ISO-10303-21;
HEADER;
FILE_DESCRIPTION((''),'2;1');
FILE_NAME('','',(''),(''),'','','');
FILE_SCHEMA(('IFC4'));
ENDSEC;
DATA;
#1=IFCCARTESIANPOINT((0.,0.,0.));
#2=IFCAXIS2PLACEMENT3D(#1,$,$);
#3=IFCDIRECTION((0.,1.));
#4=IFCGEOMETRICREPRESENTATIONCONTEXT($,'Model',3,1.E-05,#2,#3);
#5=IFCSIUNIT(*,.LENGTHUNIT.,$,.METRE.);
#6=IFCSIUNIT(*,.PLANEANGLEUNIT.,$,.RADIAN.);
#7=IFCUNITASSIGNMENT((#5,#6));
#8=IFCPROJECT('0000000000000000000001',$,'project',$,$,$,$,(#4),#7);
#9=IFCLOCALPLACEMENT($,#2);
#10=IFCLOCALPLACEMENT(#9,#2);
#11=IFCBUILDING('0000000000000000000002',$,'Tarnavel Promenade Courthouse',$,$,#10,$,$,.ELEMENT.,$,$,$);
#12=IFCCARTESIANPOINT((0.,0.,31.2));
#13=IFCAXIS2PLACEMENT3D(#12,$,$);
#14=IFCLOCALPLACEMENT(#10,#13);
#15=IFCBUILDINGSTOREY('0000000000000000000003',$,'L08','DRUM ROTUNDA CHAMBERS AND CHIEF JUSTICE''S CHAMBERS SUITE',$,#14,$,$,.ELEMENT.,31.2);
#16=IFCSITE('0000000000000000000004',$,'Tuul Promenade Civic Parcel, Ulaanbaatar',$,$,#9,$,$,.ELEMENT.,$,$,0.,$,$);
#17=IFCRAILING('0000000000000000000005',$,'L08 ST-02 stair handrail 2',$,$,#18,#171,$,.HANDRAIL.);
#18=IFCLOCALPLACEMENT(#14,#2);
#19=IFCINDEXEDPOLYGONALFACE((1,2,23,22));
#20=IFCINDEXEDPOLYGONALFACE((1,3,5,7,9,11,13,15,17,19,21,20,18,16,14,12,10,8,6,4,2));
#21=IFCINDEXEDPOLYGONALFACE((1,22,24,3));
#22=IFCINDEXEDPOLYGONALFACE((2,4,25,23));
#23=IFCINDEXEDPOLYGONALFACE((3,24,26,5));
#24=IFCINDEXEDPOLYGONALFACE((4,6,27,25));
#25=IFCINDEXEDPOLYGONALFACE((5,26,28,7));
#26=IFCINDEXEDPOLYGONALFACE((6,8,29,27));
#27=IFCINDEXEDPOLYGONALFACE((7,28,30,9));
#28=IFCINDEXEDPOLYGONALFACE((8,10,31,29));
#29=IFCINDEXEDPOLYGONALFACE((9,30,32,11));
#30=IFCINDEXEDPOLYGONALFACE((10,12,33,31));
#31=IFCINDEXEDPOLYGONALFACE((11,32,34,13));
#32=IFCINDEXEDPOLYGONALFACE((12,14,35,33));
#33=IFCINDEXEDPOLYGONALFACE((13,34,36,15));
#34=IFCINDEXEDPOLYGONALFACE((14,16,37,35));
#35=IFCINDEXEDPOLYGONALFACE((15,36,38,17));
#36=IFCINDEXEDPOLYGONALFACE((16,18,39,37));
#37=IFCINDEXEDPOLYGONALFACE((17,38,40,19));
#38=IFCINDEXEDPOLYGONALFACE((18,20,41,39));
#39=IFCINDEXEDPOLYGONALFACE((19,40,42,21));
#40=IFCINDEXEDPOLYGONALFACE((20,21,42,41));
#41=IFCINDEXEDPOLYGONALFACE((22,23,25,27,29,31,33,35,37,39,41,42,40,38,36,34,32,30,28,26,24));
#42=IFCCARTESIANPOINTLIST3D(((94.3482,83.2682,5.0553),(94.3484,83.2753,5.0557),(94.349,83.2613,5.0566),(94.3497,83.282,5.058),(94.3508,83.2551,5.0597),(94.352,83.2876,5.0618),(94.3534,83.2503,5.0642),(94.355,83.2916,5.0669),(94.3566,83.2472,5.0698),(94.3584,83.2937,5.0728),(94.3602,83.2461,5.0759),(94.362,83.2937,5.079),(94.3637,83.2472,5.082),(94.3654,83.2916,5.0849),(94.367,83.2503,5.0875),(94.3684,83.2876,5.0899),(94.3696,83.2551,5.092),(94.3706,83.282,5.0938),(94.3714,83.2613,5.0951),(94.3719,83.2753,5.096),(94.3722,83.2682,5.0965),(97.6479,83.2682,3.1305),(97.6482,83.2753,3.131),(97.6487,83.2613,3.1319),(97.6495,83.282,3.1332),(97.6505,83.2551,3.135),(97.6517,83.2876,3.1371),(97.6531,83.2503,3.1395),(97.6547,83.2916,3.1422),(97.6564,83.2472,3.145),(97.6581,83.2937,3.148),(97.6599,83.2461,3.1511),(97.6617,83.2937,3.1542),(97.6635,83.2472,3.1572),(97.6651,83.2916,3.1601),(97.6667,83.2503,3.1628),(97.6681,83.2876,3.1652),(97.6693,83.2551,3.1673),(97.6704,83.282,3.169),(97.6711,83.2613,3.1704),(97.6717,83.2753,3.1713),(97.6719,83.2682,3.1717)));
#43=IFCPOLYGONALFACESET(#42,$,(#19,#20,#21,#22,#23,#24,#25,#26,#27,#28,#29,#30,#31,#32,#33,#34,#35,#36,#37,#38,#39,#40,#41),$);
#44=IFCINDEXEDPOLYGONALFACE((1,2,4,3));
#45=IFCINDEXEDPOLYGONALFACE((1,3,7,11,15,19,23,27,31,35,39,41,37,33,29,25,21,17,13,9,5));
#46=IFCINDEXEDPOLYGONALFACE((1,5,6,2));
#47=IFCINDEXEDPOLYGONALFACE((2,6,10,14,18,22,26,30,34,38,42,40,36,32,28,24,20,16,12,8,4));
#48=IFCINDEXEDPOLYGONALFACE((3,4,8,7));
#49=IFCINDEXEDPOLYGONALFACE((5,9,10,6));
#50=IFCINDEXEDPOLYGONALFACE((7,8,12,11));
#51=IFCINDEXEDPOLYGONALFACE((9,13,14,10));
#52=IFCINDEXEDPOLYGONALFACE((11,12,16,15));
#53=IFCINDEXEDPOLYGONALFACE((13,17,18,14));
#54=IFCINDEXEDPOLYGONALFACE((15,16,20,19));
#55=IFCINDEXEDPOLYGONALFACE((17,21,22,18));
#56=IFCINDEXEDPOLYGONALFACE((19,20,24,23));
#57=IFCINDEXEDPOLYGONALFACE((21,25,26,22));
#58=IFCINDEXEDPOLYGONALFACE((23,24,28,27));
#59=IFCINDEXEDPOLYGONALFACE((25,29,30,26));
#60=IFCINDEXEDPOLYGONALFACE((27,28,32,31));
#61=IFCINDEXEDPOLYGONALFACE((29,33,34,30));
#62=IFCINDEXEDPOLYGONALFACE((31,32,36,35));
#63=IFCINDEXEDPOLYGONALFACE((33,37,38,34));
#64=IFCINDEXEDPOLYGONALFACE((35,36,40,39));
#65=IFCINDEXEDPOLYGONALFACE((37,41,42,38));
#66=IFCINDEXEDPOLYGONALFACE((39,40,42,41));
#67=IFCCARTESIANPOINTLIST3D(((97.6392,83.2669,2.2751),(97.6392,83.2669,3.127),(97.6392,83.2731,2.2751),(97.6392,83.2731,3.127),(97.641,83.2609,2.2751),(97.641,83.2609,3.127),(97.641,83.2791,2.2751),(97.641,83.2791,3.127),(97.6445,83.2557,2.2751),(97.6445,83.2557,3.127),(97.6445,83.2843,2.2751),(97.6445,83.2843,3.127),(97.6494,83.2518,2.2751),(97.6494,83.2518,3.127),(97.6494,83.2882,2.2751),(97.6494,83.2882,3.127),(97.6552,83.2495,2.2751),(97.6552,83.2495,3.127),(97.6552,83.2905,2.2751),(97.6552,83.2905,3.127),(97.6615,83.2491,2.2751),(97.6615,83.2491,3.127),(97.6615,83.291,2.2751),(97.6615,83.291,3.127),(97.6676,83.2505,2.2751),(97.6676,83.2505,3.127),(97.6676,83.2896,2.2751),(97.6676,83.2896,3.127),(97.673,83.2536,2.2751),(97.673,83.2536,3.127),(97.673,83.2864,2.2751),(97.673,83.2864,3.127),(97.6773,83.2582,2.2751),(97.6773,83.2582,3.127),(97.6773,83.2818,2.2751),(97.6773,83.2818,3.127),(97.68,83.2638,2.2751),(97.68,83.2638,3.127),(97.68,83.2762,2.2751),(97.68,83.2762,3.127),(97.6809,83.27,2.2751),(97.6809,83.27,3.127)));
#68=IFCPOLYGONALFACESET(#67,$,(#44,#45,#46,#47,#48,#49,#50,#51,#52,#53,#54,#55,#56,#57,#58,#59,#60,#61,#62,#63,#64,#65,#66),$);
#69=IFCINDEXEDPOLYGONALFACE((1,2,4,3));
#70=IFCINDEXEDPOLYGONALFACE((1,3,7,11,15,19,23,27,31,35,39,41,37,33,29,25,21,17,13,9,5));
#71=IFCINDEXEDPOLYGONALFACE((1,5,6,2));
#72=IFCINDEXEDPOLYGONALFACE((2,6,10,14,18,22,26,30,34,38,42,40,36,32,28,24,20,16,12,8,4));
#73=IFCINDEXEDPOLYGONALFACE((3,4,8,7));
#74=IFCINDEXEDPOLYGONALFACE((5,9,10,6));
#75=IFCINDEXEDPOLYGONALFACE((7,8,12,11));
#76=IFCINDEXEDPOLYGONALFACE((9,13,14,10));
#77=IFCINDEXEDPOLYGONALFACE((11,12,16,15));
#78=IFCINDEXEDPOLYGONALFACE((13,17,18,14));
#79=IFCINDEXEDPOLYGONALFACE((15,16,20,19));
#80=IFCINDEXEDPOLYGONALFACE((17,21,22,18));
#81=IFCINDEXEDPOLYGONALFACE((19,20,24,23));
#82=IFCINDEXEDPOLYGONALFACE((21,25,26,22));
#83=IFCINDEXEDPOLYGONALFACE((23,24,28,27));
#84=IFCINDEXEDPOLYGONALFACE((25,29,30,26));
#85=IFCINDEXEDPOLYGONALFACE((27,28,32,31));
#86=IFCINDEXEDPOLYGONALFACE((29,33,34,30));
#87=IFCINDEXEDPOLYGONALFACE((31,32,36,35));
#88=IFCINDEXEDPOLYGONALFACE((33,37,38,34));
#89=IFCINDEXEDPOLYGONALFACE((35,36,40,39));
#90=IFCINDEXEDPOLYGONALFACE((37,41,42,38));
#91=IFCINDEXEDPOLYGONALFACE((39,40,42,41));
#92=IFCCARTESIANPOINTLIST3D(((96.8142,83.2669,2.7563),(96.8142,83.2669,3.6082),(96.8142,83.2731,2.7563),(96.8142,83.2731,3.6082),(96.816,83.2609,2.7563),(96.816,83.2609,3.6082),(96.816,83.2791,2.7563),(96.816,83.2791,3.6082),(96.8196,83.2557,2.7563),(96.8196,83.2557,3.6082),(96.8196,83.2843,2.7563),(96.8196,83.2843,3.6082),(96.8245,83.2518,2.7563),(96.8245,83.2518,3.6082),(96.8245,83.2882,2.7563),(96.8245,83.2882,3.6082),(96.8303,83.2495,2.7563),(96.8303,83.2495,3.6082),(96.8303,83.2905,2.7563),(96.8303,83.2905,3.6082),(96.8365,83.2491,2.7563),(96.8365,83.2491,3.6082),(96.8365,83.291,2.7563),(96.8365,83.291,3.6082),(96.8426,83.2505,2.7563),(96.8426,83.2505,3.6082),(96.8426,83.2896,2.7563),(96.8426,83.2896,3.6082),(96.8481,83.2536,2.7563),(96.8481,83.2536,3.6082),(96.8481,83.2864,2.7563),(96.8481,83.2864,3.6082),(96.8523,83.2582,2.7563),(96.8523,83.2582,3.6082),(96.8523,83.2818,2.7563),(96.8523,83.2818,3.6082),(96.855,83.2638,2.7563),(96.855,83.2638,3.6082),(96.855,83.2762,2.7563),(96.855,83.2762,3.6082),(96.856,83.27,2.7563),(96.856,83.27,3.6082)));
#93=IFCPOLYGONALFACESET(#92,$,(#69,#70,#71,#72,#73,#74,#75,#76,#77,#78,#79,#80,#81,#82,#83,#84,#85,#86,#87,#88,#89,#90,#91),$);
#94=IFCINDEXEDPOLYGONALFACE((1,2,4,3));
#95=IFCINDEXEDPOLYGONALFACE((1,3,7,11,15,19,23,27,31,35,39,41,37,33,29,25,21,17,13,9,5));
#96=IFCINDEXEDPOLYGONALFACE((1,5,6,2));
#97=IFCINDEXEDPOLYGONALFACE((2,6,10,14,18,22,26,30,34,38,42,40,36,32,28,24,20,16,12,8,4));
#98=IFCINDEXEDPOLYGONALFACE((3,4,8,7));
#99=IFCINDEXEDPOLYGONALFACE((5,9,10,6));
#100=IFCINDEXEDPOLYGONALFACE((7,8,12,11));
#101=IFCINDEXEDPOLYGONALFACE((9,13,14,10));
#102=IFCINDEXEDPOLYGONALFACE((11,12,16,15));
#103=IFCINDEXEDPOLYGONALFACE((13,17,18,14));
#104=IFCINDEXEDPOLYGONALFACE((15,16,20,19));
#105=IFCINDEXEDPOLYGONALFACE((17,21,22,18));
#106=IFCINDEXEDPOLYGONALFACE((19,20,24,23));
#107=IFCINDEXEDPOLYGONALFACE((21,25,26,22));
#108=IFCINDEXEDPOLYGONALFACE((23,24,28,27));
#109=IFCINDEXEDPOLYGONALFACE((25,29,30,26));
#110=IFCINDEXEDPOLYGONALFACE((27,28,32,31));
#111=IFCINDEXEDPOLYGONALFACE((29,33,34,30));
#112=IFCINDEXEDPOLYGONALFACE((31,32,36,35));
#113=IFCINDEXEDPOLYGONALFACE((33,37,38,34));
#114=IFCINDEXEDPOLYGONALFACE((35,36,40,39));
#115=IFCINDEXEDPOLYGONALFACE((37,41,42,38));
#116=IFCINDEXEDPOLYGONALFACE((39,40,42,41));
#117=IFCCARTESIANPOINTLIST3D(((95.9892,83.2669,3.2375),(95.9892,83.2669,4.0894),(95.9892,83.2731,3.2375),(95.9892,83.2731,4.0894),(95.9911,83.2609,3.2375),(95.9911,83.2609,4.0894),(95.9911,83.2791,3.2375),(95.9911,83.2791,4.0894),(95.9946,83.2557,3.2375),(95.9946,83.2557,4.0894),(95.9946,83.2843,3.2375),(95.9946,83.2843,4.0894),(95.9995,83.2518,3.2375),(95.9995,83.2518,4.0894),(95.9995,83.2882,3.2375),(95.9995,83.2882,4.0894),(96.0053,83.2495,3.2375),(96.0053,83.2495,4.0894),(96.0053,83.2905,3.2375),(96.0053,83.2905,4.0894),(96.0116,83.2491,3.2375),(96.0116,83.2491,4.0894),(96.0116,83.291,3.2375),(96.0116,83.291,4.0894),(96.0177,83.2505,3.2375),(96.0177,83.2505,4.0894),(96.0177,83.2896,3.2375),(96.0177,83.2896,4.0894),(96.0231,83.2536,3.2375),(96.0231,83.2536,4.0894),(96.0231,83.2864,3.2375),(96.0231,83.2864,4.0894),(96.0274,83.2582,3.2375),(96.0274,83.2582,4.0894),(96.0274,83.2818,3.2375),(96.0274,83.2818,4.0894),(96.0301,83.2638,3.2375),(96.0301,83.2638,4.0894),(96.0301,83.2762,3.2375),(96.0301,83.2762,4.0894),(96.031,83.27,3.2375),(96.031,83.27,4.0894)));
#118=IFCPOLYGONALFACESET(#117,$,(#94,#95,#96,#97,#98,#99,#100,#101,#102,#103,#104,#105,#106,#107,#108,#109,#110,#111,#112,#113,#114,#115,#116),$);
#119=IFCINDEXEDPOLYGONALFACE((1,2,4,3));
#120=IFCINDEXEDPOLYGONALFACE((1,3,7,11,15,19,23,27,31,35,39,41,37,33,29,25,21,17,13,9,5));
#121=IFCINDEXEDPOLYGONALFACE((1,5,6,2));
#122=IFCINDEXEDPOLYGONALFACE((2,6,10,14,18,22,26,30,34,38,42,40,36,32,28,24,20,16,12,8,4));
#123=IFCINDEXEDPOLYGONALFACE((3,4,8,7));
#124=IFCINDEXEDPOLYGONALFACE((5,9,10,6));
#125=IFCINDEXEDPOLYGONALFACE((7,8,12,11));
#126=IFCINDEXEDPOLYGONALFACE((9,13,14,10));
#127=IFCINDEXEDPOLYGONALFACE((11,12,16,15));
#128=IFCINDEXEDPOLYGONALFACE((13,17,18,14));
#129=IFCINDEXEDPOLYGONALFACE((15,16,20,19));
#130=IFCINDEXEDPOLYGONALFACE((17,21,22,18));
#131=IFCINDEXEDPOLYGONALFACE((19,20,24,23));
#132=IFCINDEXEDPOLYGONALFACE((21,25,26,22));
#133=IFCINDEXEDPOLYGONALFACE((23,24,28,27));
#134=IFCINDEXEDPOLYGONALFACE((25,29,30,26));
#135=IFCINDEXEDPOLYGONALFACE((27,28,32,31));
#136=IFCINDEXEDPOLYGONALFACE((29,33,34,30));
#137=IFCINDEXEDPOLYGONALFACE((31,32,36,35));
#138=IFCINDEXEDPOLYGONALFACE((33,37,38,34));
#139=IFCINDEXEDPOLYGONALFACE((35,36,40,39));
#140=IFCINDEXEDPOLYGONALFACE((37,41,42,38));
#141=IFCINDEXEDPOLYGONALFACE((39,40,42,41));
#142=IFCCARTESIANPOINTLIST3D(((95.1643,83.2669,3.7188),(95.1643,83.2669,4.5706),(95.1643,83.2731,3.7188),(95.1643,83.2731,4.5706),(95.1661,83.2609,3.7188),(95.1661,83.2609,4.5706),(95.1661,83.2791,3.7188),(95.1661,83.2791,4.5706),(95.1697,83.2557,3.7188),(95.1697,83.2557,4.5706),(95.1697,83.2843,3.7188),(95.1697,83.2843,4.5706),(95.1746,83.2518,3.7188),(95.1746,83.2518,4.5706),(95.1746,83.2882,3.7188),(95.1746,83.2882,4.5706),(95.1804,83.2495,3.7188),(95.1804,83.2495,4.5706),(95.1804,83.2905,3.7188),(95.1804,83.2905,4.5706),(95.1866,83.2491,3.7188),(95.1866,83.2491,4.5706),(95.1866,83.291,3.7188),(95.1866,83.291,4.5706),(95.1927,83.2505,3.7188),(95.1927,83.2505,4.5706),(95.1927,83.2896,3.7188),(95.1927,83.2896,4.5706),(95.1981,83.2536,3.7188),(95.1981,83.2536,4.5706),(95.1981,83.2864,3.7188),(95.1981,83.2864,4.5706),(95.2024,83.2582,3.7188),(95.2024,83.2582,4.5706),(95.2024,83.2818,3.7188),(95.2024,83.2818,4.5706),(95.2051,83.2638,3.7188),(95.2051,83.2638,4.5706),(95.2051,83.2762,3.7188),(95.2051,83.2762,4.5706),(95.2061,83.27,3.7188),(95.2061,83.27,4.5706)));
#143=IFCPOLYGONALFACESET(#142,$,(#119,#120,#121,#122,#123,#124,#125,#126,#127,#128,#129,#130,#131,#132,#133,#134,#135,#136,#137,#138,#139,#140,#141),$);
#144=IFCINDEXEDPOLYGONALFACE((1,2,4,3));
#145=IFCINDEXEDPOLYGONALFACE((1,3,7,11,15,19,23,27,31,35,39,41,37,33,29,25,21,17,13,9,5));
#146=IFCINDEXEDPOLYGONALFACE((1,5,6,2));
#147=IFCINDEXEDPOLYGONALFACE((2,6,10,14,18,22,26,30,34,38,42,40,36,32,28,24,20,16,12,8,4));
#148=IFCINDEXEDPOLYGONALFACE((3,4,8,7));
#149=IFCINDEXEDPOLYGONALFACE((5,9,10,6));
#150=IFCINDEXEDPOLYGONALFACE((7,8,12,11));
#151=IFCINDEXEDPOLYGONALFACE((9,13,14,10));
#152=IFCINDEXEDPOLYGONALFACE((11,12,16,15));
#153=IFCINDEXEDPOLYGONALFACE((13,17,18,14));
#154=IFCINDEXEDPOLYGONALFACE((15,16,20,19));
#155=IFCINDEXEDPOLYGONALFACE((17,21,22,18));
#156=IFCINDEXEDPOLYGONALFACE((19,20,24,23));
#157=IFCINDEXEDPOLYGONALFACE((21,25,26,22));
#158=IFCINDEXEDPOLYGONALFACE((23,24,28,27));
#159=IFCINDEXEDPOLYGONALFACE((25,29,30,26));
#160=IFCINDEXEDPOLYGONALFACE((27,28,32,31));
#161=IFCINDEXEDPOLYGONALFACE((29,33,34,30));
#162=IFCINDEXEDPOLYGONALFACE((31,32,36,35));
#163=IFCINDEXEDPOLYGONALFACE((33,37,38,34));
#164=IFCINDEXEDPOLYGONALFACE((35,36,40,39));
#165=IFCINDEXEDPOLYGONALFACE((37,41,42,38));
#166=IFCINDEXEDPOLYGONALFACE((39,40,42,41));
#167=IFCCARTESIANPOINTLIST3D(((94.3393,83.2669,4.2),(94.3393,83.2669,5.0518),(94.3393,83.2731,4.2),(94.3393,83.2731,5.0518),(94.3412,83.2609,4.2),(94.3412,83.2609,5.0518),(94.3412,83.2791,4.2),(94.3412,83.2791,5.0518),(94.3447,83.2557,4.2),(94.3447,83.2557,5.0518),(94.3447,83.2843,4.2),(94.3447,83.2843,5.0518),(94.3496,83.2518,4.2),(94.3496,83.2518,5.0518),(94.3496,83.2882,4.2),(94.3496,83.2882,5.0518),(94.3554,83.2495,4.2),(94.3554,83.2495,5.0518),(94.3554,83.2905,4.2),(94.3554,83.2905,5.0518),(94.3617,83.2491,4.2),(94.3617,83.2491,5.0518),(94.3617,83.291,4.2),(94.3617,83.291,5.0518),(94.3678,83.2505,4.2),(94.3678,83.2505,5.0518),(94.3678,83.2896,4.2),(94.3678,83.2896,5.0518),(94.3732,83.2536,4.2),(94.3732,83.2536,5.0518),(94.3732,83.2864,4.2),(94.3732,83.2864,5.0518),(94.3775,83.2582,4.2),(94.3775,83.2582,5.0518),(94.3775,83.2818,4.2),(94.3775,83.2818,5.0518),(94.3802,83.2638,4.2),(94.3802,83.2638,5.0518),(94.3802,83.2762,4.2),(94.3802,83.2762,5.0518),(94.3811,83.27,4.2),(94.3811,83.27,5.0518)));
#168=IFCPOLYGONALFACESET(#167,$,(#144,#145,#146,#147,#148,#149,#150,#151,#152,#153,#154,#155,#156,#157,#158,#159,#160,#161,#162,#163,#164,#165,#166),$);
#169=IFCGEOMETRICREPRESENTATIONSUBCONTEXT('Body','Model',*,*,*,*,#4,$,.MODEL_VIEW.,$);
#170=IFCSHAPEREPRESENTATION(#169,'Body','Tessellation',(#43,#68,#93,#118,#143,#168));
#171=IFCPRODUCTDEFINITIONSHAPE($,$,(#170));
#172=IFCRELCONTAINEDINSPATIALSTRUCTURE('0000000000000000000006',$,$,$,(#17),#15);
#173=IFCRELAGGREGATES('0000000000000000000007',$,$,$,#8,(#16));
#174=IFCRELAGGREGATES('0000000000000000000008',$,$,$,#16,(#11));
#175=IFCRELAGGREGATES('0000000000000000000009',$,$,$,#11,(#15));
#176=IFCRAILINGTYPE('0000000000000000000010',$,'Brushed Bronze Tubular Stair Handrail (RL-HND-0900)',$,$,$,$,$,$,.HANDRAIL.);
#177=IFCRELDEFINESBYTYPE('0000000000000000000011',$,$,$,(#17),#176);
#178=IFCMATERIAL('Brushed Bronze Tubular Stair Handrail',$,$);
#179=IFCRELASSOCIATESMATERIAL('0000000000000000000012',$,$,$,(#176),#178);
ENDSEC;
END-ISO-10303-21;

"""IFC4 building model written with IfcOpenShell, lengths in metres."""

from ifc_helpers import new_model, si_unit, direction, frame, origin, origin_2d, place, context, subcontext, project, spatial, circle, extrude, material, type_object, element, save


model = new_model("IFC4")

# Units and contexts
model_context = context("Model", 3, precision=1e-05, world=origin(), true_north=direction((0.0, 1.0)))
body_context = subcontext(model_context, "Body", "Model", "MODEL_VIEW")
ifc_project = project(units=[si_unit("LENGTHUNIT", "METRE"), si_unit("PLANEANGLEUNIT", "RADIAN")], contexts=[model_context])

# Site, building, storey
site_placement = place(None, origin())
site = spatial("IfcSite", under=ifc_project, at=site_placement, Name="Tuul Promenade Civic Parcel, Ulaanbaatar", CompositionType="ELEMENT", RefElevation=0.0)
building_placement = place(site_placement, origin())
building = spatial("IfcBuilding", under=site, at=building_placement, Name="Tarnavel Promenade Courthouse", CompositionType="ELEMENT")
storey_placement = place(building_placement, frame((0.0, 0.0, 31.2)))
storey = spatial("IfcBuildingStorey", under=building, at=storey_placement, Name="L08", Description="DRUM ROTUNDA CHAMBERS AND CHIEF JUSTICE'S CHAMBERS SUITE", CompositionType="ELEMENT", Elevation=31.2)

# Railing
ifc_material_1 = material(Name="Brushed Bronze Tubular Stair Handrail")
railing_type_1 = type_object("IfcRailingType", Name="Brushed Bronze Tubular Stair Handrail (RL-HND-0900)", PredefinedType="HANDRAIL", material=ifc_material_1)
railing_1_placement = place(storey_placement, frame((97.6599, 83.27, 2.2751)))
element("IfcRailing", 1, at=railing_1_placement, inside=storey, type_object=railing_type_1, Name="L08 ST-02 stair handrail 2", PredefinedType="HANDRAIL", context=body_context, shape_type="SweptSolid", body=[
    extrude(circle(Radius=0.0239, at=origin_2d()), frame((0.0, 0.0, 0.876), z_axis=(-0.863788, 0.0, 0.503855), x_axis=(0.0, -1.0, 0.0)), (0.0, 0.0, 1.0), 3.8201),
    extrude(circle(Radius=0.021, at=origin_2d()), origin(), (0.0, 0.0, 1.0), 0.8518),
    extrude(circle(Radius=0.021, at=origin_2d()), frame((-0.825, 0.0, 0.4812)), (0.0, 0.0, 1.0), 0.8518),
    extrude(circle(Radius=0.021, at=origin_2d()), frame((-1.6499, 0.0, 0.9624)), (0.0, 0.0, 1.0), 0.8518),
    extrude(circle(Radius=0.021, at=origin_2d()), frame((-2.4749, 0.0, 1.4436)), (0.0, 0.0, 1.0), 0.8518),
    extrude(circle(Radius=0.021, at=origin_2d()), frame((-3.2998, 0.0, 1.9248)), (0.0, 0.0, 1.0), 0.8518),
])

save(model, "model.ifc")
